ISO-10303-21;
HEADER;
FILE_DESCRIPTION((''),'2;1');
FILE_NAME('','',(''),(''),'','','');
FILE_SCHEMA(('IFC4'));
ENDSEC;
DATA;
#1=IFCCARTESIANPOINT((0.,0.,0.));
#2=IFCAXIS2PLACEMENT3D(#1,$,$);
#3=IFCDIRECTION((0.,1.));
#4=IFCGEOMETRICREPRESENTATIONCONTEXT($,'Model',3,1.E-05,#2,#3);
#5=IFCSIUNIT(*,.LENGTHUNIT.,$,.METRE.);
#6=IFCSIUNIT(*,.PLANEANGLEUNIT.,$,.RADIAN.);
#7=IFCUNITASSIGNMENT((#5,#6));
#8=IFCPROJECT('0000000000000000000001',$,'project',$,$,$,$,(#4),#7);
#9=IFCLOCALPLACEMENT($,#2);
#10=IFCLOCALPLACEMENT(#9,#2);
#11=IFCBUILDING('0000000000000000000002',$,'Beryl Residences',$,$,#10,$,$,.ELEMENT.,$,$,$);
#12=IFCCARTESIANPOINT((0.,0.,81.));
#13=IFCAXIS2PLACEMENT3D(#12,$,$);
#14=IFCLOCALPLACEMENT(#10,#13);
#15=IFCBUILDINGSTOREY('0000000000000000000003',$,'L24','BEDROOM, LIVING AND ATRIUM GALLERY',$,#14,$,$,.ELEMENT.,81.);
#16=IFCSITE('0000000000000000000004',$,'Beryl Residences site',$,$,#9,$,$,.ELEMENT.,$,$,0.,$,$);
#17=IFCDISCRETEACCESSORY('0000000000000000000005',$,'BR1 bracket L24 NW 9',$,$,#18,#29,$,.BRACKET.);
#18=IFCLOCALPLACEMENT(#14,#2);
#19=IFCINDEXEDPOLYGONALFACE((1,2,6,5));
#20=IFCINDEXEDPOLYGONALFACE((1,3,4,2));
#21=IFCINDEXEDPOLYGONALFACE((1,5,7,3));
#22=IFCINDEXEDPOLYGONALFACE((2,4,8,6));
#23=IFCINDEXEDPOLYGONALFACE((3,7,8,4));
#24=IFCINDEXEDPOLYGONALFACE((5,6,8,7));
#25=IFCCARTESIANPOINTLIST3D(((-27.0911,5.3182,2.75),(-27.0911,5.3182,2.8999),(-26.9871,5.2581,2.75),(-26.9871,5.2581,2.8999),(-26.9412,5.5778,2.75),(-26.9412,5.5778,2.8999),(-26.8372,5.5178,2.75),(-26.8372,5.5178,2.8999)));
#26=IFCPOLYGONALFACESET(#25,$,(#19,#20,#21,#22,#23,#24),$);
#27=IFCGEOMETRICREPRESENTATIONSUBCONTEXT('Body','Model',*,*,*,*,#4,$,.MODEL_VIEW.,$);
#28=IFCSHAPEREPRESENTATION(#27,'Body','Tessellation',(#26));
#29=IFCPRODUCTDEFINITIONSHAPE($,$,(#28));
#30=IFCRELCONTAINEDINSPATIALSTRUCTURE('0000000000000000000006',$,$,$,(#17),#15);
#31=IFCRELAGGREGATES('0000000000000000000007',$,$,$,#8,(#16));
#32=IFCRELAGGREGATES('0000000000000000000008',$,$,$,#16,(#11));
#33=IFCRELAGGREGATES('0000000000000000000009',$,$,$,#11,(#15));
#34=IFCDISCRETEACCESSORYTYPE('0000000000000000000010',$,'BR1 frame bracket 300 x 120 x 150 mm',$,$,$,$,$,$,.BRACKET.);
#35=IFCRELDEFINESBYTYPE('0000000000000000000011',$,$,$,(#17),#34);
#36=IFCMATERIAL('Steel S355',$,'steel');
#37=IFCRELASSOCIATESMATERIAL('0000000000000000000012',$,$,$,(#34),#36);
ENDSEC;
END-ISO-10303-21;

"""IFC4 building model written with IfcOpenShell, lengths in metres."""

from ifc_helpers import new_model, si_unit, direction, frame, origin, place, context, subcontext, project, spatial, polyline, outline, extrude, source, transform, mapped, material, type_object, type_shapes, element, save


model = new_model("IFC4")

# Units and contexts
model_context = context("Model", 3, precision=1e-05, world=origin(), true_north=direction((0.0, 1.0)))
body_context = subcontext(model_context, "Body", "Model", "MODEL_VIEW")
ifc_project = project(units=[si_unit("LENGTHUNIT", "METRE"), si_unit("PLANEANGLEUNIT", "RADIAN")], contexts=[model_context])

# Site, building, storey
site_placement = place(None, origin())
site = spatial("IfcSite", under=ifc_project, at=site_placement, Name="Beryl Residences site", CompositionType="ELEMENT", RefElevation=0.0)
building_placement = place(site_placement, origin())
building = spatial("IfcBuilding", under=site, at=building_placement, Name="Beryl Residences", CompositionType="ELEMENT")
storey_placement = place(building_placement, frame((0.0, 0.0, 81.0)))
storey = spatial("IfcBuildingStorey", under=building, at=storey_placement, Name="L24", Description="BEDROOM, LIVING AND ATRIUM GALLERY", CompositionType="ELEMENT", Elevation=81.0)

# Discrete accessory
ifc_material_1 = material(Name="Steel S355", Category="steel")
discrete_accessory_type = type_object("IfcDiscreteAccessoryType", Name="BR1 frame bracket 300 x 120 x 150 mm", PredefinedType="BRACKET", material=ifc_material_1)
shared_shape_1 = source(origin(), body_context, "Body", "SweptSolid", [
    extrude(outline(polyline([(-0.1499, 0.0), (0.1499, 0.0), (0.1499, 0.1201), (-0.1499, 0.1201), (-0.1499, 0.0)])), origin(), (0.0, 0.0, 1.0), 0.1499),
])
type_shapes(discrete_accessory_type, [shared_shape_1])
discrete_accessory_placement = place(storey_placement, frame((-26.9121, 5.3879, 2.75), z_axis=(0.0, 0.0, 1.0), x_axis=(0.5, 0.866025, 0.0)))
element("IfcDiscreteAccessory", 1, at=discrete_accessory_placement, inside=storey, type_object=discrete_accessory_type, Name="BR1 bracket L24 NW 9", PredefinedType="BRACKET", context=body_context, shape_type="MappedRepresentation", body=[
    mapped(shared_shape_1, transform((0.0, 0.0, 0.0))),
])

save(model, "model.ifc")
